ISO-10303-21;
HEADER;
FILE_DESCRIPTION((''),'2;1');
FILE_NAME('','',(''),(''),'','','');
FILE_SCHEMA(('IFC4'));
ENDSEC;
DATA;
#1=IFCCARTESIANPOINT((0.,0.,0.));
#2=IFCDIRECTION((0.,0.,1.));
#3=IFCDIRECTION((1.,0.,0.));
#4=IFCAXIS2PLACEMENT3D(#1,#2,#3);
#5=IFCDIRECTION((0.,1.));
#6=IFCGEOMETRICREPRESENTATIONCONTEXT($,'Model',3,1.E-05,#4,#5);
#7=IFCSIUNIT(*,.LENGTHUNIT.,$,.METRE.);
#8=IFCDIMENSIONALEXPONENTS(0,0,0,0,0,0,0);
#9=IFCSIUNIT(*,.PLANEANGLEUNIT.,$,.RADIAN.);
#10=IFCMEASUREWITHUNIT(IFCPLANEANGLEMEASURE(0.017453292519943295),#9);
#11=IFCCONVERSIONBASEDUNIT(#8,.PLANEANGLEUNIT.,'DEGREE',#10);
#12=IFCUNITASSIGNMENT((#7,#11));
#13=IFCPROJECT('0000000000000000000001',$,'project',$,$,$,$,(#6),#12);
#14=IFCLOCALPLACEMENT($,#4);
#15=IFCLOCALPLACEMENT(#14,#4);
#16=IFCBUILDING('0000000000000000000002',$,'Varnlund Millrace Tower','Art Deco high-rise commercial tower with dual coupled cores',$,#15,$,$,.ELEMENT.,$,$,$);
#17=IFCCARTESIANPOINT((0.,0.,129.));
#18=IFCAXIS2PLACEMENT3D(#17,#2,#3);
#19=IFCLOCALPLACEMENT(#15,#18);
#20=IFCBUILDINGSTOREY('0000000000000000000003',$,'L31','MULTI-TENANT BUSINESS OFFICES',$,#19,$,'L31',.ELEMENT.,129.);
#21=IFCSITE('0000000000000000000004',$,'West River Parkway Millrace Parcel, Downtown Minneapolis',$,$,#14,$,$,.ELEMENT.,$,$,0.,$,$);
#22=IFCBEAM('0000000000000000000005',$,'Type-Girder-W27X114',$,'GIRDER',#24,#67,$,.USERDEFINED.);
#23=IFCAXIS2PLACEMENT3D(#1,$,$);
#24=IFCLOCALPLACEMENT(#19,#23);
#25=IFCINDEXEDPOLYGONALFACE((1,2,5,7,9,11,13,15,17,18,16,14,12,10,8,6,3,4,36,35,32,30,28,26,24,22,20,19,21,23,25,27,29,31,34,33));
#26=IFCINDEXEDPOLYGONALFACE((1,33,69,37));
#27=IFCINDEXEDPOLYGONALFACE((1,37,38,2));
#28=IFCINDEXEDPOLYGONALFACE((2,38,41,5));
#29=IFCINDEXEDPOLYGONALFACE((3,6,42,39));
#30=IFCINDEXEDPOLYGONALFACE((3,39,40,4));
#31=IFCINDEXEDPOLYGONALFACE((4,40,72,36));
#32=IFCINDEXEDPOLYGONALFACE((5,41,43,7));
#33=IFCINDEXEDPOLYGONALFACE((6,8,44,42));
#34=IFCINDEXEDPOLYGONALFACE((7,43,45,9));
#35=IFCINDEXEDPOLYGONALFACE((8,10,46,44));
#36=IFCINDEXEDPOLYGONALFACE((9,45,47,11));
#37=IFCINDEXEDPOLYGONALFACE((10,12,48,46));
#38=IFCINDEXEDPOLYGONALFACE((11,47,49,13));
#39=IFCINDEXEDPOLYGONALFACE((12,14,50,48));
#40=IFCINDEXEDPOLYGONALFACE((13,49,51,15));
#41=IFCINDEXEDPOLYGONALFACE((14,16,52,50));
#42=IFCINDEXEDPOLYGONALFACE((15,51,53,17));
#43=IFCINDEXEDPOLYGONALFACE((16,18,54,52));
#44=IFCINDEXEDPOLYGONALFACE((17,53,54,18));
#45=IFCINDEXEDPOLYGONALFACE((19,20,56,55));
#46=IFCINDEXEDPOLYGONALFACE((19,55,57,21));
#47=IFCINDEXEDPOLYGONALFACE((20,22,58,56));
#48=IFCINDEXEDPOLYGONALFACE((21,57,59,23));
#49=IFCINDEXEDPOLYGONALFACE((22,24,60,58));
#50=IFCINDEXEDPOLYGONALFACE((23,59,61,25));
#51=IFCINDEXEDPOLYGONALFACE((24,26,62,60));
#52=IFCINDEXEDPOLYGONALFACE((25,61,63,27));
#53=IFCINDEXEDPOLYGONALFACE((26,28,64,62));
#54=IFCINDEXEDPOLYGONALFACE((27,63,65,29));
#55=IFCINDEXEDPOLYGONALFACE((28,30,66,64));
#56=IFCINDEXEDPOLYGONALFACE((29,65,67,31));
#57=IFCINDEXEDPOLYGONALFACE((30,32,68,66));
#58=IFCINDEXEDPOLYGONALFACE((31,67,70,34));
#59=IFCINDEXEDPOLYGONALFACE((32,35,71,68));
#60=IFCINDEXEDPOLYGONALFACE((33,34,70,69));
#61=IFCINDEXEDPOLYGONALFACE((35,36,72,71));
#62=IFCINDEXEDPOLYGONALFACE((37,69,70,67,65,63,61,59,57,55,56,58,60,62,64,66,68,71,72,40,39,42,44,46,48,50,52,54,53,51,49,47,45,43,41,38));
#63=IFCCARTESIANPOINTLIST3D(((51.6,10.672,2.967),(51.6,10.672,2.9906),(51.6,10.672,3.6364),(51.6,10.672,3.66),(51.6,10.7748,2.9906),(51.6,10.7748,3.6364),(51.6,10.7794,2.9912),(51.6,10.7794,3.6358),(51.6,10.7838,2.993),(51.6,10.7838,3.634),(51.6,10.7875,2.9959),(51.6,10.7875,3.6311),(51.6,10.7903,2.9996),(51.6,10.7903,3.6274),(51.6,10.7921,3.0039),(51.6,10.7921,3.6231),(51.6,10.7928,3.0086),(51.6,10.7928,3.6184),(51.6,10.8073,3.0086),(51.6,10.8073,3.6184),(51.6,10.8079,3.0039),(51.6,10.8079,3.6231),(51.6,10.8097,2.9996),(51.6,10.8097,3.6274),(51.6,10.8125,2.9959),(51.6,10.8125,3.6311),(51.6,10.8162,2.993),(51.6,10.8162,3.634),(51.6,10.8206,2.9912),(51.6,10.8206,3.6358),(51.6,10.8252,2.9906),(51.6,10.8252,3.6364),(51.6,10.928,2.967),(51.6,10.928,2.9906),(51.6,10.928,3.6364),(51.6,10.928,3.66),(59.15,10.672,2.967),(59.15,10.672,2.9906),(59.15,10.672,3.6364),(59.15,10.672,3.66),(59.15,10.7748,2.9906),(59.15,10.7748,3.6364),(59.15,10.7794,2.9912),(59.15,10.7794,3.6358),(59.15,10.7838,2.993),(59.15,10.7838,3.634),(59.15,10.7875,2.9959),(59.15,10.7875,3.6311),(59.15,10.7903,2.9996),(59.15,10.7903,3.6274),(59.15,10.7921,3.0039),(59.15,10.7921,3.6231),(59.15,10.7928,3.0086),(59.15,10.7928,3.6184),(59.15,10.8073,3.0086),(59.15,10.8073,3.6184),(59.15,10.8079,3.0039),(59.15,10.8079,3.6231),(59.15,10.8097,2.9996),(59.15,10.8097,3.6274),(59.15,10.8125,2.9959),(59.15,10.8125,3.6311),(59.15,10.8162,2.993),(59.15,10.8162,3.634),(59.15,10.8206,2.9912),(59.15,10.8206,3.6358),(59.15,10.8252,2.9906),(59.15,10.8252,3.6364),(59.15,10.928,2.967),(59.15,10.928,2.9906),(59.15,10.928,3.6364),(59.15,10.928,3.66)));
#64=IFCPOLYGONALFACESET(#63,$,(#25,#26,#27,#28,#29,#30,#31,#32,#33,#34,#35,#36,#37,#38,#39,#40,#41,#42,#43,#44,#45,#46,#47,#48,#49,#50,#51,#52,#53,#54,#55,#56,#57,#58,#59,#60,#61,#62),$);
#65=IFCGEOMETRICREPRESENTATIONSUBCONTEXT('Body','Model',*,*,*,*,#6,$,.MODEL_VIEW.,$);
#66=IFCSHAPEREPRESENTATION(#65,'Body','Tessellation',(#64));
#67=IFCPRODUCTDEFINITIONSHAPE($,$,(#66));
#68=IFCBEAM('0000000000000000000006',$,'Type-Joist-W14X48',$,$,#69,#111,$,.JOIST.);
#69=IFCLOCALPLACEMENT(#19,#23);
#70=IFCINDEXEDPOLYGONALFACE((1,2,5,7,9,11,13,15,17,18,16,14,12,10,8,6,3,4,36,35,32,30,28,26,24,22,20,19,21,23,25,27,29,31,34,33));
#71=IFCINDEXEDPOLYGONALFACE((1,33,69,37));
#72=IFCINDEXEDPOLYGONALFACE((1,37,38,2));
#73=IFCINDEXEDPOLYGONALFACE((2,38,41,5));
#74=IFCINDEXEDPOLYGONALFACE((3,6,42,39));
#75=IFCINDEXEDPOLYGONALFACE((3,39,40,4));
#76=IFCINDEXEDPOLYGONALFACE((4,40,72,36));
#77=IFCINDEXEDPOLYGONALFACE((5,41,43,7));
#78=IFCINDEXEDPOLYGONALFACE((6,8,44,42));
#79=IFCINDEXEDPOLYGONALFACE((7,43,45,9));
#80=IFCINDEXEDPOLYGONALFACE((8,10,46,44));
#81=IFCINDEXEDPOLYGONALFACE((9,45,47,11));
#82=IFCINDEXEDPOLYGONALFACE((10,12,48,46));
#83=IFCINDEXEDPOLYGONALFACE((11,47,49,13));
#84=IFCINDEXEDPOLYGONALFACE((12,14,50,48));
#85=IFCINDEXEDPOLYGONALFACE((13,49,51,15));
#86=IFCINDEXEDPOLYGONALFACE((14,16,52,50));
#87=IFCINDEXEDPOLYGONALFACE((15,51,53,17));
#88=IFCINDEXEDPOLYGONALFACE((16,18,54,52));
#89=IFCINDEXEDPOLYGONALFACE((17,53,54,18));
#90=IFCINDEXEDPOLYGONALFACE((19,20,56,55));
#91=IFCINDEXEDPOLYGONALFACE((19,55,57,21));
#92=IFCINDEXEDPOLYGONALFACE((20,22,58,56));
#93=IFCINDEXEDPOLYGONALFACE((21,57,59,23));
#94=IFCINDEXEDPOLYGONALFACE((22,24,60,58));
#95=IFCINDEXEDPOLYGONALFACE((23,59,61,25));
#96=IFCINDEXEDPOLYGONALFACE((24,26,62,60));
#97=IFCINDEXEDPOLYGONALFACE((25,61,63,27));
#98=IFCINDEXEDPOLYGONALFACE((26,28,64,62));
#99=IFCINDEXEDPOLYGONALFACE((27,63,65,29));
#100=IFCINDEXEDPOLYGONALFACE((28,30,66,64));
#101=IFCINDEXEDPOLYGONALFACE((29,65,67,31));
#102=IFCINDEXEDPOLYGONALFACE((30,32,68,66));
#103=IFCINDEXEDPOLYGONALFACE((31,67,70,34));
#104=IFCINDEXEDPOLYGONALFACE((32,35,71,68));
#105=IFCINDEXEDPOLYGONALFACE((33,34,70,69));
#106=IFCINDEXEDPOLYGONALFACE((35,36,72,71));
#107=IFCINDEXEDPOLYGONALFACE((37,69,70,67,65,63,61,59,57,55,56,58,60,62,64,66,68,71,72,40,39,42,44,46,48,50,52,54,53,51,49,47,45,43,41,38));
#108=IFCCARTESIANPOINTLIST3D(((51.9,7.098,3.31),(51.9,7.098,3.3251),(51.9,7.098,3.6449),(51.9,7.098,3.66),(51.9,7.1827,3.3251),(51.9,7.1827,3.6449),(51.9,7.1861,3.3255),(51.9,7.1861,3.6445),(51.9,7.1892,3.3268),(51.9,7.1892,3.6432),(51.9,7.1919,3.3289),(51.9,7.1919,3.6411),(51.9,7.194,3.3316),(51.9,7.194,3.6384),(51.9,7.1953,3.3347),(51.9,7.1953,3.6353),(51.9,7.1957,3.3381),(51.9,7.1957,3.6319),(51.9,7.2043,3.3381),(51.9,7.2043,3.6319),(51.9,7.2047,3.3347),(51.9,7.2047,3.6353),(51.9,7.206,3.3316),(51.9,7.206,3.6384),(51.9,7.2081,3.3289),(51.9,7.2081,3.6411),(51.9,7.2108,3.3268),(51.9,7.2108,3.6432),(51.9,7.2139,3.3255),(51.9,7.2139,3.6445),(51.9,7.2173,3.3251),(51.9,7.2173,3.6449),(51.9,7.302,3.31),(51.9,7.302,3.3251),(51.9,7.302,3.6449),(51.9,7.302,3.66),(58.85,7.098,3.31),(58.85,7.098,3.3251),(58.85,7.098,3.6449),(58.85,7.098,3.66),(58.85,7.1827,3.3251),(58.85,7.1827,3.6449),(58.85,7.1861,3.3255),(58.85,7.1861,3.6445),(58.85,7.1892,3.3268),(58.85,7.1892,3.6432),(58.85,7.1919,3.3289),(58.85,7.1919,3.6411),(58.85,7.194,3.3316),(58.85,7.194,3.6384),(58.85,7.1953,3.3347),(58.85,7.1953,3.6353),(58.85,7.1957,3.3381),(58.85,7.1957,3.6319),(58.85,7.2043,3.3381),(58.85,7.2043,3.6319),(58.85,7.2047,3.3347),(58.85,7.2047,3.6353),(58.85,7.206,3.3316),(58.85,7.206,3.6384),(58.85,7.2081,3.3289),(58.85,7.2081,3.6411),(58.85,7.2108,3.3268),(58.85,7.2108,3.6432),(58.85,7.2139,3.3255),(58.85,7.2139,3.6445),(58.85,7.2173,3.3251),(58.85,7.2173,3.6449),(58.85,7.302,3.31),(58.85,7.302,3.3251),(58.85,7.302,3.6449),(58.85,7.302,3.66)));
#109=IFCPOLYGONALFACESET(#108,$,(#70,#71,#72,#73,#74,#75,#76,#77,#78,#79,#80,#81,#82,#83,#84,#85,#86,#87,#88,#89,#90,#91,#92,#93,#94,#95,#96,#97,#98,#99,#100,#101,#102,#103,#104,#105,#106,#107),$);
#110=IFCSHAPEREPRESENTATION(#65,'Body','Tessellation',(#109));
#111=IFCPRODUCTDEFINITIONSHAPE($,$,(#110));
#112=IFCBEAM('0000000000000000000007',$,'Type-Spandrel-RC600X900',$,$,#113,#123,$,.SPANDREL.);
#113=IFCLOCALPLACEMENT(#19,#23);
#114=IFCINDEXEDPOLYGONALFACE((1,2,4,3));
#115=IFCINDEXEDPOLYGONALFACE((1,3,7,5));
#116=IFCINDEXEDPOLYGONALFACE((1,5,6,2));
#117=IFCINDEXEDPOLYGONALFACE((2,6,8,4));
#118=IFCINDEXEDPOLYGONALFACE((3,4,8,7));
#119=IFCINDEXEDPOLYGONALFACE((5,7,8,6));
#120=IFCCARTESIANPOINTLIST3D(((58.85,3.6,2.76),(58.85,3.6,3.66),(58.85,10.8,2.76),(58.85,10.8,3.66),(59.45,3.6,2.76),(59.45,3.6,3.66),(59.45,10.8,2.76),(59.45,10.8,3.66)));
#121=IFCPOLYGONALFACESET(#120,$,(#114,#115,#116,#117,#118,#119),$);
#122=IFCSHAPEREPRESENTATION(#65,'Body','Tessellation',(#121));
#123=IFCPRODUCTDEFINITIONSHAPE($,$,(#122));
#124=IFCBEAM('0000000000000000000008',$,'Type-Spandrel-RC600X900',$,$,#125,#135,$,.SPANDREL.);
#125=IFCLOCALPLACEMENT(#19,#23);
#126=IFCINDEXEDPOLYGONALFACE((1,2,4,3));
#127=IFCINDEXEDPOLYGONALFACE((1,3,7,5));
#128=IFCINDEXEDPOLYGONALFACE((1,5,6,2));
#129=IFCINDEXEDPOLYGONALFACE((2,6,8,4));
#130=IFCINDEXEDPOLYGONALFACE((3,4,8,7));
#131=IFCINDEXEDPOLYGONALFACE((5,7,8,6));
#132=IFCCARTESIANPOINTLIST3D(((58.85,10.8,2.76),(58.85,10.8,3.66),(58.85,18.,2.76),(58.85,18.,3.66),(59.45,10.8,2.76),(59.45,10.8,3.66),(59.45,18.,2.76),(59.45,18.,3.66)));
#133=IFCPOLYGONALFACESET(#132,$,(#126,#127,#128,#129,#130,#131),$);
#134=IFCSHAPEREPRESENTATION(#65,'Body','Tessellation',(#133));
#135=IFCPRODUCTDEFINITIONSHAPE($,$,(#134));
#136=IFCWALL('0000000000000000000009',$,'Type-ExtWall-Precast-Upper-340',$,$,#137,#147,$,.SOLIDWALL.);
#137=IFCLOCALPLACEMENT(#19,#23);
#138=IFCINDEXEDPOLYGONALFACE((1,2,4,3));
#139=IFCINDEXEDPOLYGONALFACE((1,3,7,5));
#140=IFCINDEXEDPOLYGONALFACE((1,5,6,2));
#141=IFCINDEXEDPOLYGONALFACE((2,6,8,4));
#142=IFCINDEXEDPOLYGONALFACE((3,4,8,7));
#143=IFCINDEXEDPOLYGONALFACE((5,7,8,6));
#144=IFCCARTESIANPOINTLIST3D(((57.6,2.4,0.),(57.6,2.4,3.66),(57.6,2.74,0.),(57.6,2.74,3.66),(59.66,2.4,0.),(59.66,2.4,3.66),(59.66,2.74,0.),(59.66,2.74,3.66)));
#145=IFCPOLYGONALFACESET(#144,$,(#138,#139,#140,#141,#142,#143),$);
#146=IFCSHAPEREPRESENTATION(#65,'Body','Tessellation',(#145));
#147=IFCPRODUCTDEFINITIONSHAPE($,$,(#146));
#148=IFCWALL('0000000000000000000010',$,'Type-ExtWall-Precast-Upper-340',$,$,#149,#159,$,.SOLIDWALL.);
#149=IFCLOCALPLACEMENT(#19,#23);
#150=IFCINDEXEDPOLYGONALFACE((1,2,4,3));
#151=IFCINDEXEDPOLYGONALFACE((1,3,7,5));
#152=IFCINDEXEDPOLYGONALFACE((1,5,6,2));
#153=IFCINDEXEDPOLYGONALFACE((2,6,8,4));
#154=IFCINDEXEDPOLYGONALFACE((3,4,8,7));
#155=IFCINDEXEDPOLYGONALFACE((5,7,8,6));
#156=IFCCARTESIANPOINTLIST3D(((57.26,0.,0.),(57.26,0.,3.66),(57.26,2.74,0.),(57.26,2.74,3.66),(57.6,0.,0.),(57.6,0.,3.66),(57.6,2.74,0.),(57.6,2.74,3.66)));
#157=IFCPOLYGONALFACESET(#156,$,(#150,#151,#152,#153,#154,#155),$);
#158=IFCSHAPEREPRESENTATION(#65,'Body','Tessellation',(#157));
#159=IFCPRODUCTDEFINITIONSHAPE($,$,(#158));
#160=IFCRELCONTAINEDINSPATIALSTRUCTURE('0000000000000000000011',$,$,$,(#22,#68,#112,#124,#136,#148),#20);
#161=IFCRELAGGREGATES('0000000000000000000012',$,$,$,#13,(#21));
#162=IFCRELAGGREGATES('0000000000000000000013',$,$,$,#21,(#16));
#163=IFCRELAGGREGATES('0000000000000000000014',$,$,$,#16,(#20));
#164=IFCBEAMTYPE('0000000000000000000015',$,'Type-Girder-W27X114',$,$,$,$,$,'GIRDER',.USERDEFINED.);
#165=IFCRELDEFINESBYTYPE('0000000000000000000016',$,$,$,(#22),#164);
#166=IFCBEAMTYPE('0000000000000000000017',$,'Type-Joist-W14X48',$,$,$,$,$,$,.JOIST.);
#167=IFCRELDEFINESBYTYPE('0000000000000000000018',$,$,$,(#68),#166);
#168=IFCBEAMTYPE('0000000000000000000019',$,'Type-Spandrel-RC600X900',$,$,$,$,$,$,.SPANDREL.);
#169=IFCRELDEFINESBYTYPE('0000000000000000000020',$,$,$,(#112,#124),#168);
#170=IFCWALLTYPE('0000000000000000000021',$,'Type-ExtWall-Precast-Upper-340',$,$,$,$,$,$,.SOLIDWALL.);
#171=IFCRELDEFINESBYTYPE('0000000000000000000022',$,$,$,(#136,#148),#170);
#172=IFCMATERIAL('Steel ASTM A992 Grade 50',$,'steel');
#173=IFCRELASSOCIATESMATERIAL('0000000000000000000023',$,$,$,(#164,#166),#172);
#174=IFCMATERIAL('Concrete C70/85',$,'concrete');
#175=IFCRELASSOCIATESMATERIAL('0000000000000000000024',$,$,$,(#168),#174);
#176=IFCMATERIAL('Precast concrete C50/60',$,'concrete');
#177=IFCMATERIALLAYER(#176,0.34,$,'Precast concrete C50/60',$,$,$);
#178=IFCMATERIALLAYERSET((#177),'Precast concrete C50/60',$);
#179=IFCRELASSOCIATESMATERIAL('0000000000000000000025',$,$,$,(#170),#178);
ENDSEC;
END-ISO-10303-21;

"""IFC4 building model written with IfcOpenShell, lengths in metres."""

from ifc_helpers import new_model, entity, si_unit, converted_unit, direction, frame, origin_with_axes, origin_2d_with_axis, place, context, subcontext, project, spatial, polyline, rectangle, i_section, outline, extrude, material, layer, layer_set, material_profile, profile_set, type_object, element, save


model = new_model("IFC4")

# Units and contexts
model_context = context("Model", 3, precision=1e-05, world=origin_with_axes(), true_north=direction((0.0, 1.0)))
body_context = subcontext(model_context, "Body", "Model", "MODEL_VIEW")
ifc_project = project(units=[si_unit("LENGTHUNIT", "METRE"), converted_unit("PLANEANGLEUNIT", "DEGREE", entity("IfcPlaneAngleMeasure", 0.017453292519943295), si_unit("PLANEANGLEUNIT", "RADIAN"), dimensions=[0, 0, 0, 0, 0, 0, 0])], contexts=[model_context])

# Site, building, storey
site_placement = place(None, origin_with_axes())
site = spatial("IfcSite", under=ifc_project, at=site_placement, Name="West River Parkway Millrace Parcel, Downtown Minneapolis", CompositionType="ELEMENT", RefElevation=0.0)
building_placement = place(site_placement, origin_with_axes())
building = spatial("IfcBuilding", under=site, at=building_placement, Name="Varnlund Millrace Tower", Description="Art Deco high-rise commercial tower with dual coupled cores", CompositionType="ELEMENT")
storey_placement = place(building_placement, frame((0.0, 0.0, 129.0), z_axis=(0.0, 0.0, 1.0), x_axis=(1.0, 0.0, 0.0)))
storey = spatial("IfcBuildingStorey", under=building, at=storey_placement, Name="L31", Description="MULTI-TENANT BUSINESS OFFICES", LongName="L31", CompositionType="ELEMENT", Elevation=129.0)

# Beams
ifc_material_1 = material(Name="Steel ASTM A992 Grade 50", Category="steel")
ifc_material_profile_1 = material_profile(ifc_material_1, i_section(OverallWidth=0.256, OverallDepth=0.693, WebThickness=0.0145, FlangeThickness=0.0236, FilletRadius=0.018, at=origin_2d_with_axis()), Name="Steel ASTM A992 Grade 50")
ifc_profile_set_1 = profile_set([ifc_material_profile_1], Name="Steel ASTM A992 Grade 50")
beam_type_1 = type_object("IfcBeamType", Name="Type-Girder-W27X114", ElementType="GIRDER", PredefinedType="USERDEFINED", material=ifc_profile_set_1)
beam_1_placement = place(storey_placement, frame((51.6, 10.8, 3.3135), z_axis=(1.0, 0.0, 0.0), x_axis=(0.0, 1.0, 0.0)))
element("IfcBeam", 1, at=beam_1_placement, inside=storey, type_object=beam_type_1, Name="Type-Girder-W27X114", ObjectType="GIRDER", PredefinedType="USERDEFINED", context=body_context, shape_type="SweptSolid", body=[
    extrude(i_section(OverallWidth=0.256, OverallDepth=0.693, WebThickness=0.0145, FlangeThickness=0.0236, FilletRadius=0.018, at=origin_2d_with_axis()), origin_with_axes(), (0.0, 0.0, 1.0), 7.55),
])
ifc_material_profile_2 = material_profile(ifc_material_1, i_section(OverallWidth=0.204, OverallDepth=0.35, WebThickness=0.0086, FlangeThickness=0.0151, FilletRadius=0.013, at=origin_2d_with_axis()), Name="Steel ASTM A992 Grade 50")
ifc_profile_set_2 = profile_set([ifc_material_profile_2], Name="Steel ASTM A992 Grade 50")
beam_type_2 = type_object("IfcBeamType", Name="Type-Joist-W14X48", PredefinedType="JOIST", material=ifc_profile_set_2)
beam_2_placement = place(storey_placement, frame((51.9, 7.2, 3.485), z_axis=(1.0, 0.0, 0.0), x_axis=(0.0, 1.0, 0.0)))
element("IfcBeam", 2, at=beam_2_placement, inside=storey, type_object=beam_type_2, Name="Type-Joist-W14X48", PredefinedType="JOIST", context=body_context, shape_type="SweptSolid", body=[
    extrude(i_section(OverallWidth=0.204, OverallDepth=0.35, WebThickness=0.0086, FlangeThickness=0.0151, FilletRadius=0.013, at=origin_2d_with_axis()), origin_with_axes(), (0.0, 0.0, 1.0), 6.95),
])
ifc_material_2 = material(Name="Concrete C70/85", Category="concrete")
ifc_material_profile_3 = material_profile(ifc_material_2, rectangle(XDim=0.6, YDim=0.9, at=origin_2d_with_axis()), Name="Concrete C70/85")
ifc_profile_set_3 = profile_set([ifc_material_profile_3], Name="Concrete C70/85")
beam_type_3 = type_object("IfcBeamType", Name="Type-Spandrel-RC600X900", PredefinedType="SPANDREL", material=ifc_profile_set_3)
for number, where, z_axis, x_axis, name in (
    (3, (59.15, 3.6, 3.21), (0.0, 1.0, 0.0), (-1.0, 0.0, 0.0), "Type-Spandrel-RC600X900"),
    (4, (59.15, 10.8, 3.21), (0.0, 1.0, 0.0), (-1.0, 0.0, 0.0), "Type-Spandrel-RC600X900"),
):
    element("IfcBeam", number, at=place(storey_placement, frame(where, z_axis=z_axis, x_axis=x_axis)), inside=storey, type_object=beam_type_3, Name=name, PredefinedType="SPANDREL", context=body_context, shape_type="SweptSolid", body=[
        extrude(rectangle(XDim=0.6, YDim=0.9, at=origin_2d_with_axis()), origin_with_axes(), (0.0, 0.0, 1.0), 7.2),
    ])

# Walls
ifc_material_3 = material(Name="Precast concrete C50/60", Category="concrete")
ifc_layer_1 = layer(ifc_material_3, 0.34, Name="Precast concrete C50/60")
ifc_layer_set_1 = layer_set([ifc_layer_1], Name="Precast concrete C50/60")
wall_type_1 = type_object("IfcWallType", Name="Type-ExtWall-Precast-Upper-340", PredefinedType="SOLIDWALL", material=ifc_layer_set_1)
wall_1_placement = place(storey_placement, frame((59.66, 2.57, 0.0), z_axis=(0.0, 0.0, 1.0), x_axis=(-1.0, 0.0, 0.0)))
element("IfcWall", 5, at=wall_1_placement, inside=storey, type_object=wall_type_1, Name="Type-ExtWall-Precast-Upper-340", PredefinedType="SOLIDWALL", context=body_context, shape_type="SweptSolid", body=[
    extrude(outline(polyline([(0.0, -0.17), (2.06, -0.17), (2.06, 0.17), (0.0, 0.17), (0.0, -0.17)])), origin_with_axes(), (0.0, 0.0, 1.0), 3.66),
])
wall_2_placement = place(storey_placement, frame((57.43, 2.74, 0.0), z_axis=(0.0, 0.0, 1.0), x_axis=(0.0, -1.0, 0.0)))
element("IfcWall", 6, at=wall_2_placement, inside=storey, type_object=wall_type_1, Name="Type-ExtWall-Precast-Upper-340", PredefinedType="SOLIDWALL", context=body_context, shape_type="SweptSolid", body=[
    extrude(outline(polyline([(0.0, -0.17), (2.74, -0.17), (2.74, 0.17), (0.0, 0.17), (0.0, -0.17)])), origin_with_axes(), (0.0, 0.0, 1.0), 3.66),
])

save(model, "model.ifc")
